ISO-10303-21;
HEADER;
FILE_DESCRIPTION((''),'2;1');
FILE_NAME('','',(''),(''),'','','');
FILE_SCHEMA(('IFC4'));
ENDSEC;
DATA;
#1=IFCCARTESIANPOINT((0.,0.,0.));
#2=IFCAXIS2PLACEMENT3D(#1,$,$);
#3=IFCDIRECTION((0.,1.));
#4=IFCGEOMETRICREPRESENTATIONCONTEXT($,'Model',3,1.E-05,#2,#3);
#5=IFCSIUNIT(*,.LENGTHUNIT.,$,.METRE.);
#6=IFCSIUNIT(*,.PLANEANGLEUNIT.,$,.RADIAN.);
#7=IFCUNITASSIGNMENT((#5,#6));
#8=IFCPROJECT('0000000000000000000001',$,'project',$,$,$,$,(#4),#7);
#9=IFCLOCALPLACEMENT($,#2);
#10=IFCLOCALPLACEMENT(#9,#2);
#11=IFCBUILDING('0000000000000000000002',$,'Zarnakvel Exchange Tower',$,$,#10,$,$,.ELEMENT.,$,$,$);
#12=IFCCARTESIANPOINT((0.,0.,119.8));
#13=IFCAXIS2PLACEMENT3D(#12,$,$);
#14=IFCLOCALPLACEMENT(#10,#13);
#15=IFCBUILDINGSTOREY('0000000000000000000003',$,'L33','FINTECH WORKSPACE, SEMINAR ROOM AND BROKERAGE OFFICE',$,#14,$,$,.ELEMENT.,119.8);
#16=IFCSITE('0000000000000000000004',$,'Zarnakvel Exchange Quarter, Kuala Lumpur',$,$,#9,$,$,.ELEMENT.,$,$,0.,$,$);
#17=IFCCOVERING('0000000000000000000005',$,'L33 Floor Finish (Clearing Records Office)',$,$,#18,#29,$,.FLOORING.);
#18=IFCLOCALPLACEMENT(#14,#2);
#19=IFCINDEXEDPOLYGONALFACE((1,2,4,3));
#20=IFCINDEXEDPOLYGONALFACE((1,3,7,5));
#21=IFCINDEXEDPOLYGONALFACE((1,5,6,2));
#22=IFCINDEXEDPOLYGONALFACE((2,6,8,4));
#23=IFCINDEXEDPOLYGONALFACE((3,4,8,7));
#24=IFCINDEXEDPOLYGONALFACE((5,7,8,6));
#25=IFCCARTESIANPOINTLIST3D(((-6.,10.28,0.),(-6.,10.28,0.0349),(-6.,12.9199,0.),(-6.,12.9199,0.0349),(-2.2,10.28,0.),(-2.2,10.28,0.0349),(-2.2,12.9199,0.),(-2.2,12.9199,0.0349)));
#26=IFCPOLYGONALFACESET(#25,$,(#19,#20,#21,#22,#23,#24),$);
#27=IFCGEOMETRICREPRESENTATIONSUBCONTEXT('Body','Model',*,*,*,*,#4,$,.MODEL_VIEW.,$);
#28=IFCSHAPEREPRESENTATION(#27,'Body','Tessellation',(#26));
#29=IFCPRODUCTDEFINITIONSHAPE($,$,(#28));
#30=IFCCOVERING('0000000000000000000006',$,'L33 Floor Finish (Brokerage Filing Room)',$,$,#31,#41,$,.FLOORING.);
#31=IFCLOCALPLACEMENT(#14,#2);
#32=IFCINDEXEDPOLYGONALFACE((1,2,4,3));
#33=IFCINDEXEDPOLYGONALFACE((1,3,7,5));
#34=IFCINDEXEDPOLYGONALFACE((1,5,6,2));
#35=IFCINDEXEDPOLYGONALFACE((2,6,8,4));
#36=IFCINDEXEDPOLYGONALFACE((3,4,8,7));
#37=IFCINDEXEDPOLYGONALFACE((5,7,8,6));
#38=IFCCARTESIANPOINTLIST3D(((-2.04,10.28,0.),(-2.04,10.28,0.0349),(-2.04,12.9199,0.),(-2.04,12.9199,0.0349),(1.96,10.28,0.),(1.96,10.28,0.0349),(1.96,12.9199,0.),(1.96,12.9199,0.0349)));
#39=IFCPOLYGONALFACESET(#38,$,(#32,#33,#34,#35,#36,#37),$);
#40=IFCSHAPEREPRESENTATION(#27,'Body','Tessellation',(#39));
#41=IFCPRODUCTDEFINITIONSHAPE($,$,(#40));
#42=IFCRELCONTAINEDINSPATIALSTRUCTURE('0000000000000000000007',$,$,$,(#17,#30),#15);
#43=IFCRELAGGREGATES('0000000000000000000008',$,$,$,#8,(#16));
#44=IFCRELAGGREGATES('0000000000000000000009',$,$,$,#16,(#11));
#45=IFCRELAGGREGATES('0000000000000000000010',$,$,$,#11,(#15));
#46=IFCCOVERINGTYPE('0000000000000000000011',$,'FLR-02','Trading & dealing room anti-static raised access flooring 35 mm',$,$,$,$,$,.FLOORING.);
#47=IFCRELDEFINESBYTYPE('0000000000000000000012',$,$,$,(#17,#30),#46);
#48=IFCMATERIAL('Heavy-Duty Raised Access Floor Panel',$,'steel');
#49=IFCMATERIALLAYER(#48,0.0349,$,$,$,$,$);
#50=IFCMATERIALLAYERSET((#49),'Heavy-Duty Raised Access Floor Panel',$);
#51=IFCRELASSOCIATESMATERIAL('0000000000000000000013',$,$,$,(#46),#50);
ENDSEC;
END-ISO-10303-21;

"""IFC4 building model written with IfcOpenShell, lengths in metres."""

from ifc_helpers import new_model, si_unit, direction, frame, origin, place, context, subcontext, project, spatial, polyline, outline, extrude, material, layer, layer_set, type_object, element, save


model = new_model("IFC4")

# Units and contexts
model_context = context("Model", 3, precision=1e-05, world=origin(), true_north=direction((0.0, 1.0)))
body_context = subcontext(model_context, "Body", "Model", "MODEL_VIEW")
ifc_project = project(units=[si_unit("LENGTHUNIT", "METRE"), si_unit("PLANEANGLEUNIT", "RADIAN")], contexts=[model_context])

# Site, building, storey
site_placement = place(None, origin())
site = spatial("IfcSite", under=ifc_project, at=site_placement, Name="Zarnakvel Exchange Quarter, Kuala Lumpur", CompositionType="ELEMENT", RefElevation=0.0)
building_placement = place(site_placement, origin())
building = spatial("IfcBuilding", under=site, at=building_placement, Name="Zarnakvel Exchange Tower", CompositionType="ELEMENT")
storey_placement = place(building_placement, frame((0.0, 0.0, 119.8)))
storey = spatial("IfcBuildingStorey", under=building, at=storey_placement, Name="L33", Description="FINTECH WORKSPACE, SEMINAR ROOM AND BROKERAGE OFFICE", CompositionType="ELEMENT", Elevation=119.8)

# Coverings
ifc_material_1 = material(Name="Heavy-Duty Raised Access Floor Panel", Category="steel")
ifc_layer_1 = layer(ifc_material_1, 0.0349)
ifc_layer_set_1 = layer_set([ifc_layer_1], Name="Heavy-Duty Raised Access Floor Panel")
covering_type_1 = type_object("IfcCoveringType", Name="FLR-02", Description="Trading & dealing room anti-static raised access flooring 35 mm", PredefinedType="FLOORING", material=ifc_layer_set_1)
covering_1_placement = place(storey_placement, origin())
element("IfcCovering", 1, at=covering_1_placement, inside=storey, type_object=covering_type_1, Name="L33 Floor Finish (Clearing Records Office)", PredefinedType="FLOORING", context=body_context, shape_type="SweptSolid", body=[
    extrude(outline(polyline([(-6.0, 12.9199), (-2.2, 12.9199), (-2.2, 10.28), (-6.0, 10.28), (-6.0, 12.9199)])), origin(), (0.0, 0.0, 1.0), 0.0349),
])
covering_2_placement = place(storey_placement, origin())
element("IfcCovering", 2, at=covering_2_placement, inside=storey, type_object=covering_type_1, Name="L33 Floor Finish (Brokerage Filing Room)", PredefinedType="FLOORING", context=body_context, shape_type="SweptSolid", body=[
    extrude(outline(polyline([(-2.04, 12.9199), (1.96, 12.9199), (1.96, 10.28), (-2.04, 10.28), (-2.04, 12.9199)])), origin(), (0.0, 0.0, 1.0), 0.0349),
])

save(model, "model.ifc")
